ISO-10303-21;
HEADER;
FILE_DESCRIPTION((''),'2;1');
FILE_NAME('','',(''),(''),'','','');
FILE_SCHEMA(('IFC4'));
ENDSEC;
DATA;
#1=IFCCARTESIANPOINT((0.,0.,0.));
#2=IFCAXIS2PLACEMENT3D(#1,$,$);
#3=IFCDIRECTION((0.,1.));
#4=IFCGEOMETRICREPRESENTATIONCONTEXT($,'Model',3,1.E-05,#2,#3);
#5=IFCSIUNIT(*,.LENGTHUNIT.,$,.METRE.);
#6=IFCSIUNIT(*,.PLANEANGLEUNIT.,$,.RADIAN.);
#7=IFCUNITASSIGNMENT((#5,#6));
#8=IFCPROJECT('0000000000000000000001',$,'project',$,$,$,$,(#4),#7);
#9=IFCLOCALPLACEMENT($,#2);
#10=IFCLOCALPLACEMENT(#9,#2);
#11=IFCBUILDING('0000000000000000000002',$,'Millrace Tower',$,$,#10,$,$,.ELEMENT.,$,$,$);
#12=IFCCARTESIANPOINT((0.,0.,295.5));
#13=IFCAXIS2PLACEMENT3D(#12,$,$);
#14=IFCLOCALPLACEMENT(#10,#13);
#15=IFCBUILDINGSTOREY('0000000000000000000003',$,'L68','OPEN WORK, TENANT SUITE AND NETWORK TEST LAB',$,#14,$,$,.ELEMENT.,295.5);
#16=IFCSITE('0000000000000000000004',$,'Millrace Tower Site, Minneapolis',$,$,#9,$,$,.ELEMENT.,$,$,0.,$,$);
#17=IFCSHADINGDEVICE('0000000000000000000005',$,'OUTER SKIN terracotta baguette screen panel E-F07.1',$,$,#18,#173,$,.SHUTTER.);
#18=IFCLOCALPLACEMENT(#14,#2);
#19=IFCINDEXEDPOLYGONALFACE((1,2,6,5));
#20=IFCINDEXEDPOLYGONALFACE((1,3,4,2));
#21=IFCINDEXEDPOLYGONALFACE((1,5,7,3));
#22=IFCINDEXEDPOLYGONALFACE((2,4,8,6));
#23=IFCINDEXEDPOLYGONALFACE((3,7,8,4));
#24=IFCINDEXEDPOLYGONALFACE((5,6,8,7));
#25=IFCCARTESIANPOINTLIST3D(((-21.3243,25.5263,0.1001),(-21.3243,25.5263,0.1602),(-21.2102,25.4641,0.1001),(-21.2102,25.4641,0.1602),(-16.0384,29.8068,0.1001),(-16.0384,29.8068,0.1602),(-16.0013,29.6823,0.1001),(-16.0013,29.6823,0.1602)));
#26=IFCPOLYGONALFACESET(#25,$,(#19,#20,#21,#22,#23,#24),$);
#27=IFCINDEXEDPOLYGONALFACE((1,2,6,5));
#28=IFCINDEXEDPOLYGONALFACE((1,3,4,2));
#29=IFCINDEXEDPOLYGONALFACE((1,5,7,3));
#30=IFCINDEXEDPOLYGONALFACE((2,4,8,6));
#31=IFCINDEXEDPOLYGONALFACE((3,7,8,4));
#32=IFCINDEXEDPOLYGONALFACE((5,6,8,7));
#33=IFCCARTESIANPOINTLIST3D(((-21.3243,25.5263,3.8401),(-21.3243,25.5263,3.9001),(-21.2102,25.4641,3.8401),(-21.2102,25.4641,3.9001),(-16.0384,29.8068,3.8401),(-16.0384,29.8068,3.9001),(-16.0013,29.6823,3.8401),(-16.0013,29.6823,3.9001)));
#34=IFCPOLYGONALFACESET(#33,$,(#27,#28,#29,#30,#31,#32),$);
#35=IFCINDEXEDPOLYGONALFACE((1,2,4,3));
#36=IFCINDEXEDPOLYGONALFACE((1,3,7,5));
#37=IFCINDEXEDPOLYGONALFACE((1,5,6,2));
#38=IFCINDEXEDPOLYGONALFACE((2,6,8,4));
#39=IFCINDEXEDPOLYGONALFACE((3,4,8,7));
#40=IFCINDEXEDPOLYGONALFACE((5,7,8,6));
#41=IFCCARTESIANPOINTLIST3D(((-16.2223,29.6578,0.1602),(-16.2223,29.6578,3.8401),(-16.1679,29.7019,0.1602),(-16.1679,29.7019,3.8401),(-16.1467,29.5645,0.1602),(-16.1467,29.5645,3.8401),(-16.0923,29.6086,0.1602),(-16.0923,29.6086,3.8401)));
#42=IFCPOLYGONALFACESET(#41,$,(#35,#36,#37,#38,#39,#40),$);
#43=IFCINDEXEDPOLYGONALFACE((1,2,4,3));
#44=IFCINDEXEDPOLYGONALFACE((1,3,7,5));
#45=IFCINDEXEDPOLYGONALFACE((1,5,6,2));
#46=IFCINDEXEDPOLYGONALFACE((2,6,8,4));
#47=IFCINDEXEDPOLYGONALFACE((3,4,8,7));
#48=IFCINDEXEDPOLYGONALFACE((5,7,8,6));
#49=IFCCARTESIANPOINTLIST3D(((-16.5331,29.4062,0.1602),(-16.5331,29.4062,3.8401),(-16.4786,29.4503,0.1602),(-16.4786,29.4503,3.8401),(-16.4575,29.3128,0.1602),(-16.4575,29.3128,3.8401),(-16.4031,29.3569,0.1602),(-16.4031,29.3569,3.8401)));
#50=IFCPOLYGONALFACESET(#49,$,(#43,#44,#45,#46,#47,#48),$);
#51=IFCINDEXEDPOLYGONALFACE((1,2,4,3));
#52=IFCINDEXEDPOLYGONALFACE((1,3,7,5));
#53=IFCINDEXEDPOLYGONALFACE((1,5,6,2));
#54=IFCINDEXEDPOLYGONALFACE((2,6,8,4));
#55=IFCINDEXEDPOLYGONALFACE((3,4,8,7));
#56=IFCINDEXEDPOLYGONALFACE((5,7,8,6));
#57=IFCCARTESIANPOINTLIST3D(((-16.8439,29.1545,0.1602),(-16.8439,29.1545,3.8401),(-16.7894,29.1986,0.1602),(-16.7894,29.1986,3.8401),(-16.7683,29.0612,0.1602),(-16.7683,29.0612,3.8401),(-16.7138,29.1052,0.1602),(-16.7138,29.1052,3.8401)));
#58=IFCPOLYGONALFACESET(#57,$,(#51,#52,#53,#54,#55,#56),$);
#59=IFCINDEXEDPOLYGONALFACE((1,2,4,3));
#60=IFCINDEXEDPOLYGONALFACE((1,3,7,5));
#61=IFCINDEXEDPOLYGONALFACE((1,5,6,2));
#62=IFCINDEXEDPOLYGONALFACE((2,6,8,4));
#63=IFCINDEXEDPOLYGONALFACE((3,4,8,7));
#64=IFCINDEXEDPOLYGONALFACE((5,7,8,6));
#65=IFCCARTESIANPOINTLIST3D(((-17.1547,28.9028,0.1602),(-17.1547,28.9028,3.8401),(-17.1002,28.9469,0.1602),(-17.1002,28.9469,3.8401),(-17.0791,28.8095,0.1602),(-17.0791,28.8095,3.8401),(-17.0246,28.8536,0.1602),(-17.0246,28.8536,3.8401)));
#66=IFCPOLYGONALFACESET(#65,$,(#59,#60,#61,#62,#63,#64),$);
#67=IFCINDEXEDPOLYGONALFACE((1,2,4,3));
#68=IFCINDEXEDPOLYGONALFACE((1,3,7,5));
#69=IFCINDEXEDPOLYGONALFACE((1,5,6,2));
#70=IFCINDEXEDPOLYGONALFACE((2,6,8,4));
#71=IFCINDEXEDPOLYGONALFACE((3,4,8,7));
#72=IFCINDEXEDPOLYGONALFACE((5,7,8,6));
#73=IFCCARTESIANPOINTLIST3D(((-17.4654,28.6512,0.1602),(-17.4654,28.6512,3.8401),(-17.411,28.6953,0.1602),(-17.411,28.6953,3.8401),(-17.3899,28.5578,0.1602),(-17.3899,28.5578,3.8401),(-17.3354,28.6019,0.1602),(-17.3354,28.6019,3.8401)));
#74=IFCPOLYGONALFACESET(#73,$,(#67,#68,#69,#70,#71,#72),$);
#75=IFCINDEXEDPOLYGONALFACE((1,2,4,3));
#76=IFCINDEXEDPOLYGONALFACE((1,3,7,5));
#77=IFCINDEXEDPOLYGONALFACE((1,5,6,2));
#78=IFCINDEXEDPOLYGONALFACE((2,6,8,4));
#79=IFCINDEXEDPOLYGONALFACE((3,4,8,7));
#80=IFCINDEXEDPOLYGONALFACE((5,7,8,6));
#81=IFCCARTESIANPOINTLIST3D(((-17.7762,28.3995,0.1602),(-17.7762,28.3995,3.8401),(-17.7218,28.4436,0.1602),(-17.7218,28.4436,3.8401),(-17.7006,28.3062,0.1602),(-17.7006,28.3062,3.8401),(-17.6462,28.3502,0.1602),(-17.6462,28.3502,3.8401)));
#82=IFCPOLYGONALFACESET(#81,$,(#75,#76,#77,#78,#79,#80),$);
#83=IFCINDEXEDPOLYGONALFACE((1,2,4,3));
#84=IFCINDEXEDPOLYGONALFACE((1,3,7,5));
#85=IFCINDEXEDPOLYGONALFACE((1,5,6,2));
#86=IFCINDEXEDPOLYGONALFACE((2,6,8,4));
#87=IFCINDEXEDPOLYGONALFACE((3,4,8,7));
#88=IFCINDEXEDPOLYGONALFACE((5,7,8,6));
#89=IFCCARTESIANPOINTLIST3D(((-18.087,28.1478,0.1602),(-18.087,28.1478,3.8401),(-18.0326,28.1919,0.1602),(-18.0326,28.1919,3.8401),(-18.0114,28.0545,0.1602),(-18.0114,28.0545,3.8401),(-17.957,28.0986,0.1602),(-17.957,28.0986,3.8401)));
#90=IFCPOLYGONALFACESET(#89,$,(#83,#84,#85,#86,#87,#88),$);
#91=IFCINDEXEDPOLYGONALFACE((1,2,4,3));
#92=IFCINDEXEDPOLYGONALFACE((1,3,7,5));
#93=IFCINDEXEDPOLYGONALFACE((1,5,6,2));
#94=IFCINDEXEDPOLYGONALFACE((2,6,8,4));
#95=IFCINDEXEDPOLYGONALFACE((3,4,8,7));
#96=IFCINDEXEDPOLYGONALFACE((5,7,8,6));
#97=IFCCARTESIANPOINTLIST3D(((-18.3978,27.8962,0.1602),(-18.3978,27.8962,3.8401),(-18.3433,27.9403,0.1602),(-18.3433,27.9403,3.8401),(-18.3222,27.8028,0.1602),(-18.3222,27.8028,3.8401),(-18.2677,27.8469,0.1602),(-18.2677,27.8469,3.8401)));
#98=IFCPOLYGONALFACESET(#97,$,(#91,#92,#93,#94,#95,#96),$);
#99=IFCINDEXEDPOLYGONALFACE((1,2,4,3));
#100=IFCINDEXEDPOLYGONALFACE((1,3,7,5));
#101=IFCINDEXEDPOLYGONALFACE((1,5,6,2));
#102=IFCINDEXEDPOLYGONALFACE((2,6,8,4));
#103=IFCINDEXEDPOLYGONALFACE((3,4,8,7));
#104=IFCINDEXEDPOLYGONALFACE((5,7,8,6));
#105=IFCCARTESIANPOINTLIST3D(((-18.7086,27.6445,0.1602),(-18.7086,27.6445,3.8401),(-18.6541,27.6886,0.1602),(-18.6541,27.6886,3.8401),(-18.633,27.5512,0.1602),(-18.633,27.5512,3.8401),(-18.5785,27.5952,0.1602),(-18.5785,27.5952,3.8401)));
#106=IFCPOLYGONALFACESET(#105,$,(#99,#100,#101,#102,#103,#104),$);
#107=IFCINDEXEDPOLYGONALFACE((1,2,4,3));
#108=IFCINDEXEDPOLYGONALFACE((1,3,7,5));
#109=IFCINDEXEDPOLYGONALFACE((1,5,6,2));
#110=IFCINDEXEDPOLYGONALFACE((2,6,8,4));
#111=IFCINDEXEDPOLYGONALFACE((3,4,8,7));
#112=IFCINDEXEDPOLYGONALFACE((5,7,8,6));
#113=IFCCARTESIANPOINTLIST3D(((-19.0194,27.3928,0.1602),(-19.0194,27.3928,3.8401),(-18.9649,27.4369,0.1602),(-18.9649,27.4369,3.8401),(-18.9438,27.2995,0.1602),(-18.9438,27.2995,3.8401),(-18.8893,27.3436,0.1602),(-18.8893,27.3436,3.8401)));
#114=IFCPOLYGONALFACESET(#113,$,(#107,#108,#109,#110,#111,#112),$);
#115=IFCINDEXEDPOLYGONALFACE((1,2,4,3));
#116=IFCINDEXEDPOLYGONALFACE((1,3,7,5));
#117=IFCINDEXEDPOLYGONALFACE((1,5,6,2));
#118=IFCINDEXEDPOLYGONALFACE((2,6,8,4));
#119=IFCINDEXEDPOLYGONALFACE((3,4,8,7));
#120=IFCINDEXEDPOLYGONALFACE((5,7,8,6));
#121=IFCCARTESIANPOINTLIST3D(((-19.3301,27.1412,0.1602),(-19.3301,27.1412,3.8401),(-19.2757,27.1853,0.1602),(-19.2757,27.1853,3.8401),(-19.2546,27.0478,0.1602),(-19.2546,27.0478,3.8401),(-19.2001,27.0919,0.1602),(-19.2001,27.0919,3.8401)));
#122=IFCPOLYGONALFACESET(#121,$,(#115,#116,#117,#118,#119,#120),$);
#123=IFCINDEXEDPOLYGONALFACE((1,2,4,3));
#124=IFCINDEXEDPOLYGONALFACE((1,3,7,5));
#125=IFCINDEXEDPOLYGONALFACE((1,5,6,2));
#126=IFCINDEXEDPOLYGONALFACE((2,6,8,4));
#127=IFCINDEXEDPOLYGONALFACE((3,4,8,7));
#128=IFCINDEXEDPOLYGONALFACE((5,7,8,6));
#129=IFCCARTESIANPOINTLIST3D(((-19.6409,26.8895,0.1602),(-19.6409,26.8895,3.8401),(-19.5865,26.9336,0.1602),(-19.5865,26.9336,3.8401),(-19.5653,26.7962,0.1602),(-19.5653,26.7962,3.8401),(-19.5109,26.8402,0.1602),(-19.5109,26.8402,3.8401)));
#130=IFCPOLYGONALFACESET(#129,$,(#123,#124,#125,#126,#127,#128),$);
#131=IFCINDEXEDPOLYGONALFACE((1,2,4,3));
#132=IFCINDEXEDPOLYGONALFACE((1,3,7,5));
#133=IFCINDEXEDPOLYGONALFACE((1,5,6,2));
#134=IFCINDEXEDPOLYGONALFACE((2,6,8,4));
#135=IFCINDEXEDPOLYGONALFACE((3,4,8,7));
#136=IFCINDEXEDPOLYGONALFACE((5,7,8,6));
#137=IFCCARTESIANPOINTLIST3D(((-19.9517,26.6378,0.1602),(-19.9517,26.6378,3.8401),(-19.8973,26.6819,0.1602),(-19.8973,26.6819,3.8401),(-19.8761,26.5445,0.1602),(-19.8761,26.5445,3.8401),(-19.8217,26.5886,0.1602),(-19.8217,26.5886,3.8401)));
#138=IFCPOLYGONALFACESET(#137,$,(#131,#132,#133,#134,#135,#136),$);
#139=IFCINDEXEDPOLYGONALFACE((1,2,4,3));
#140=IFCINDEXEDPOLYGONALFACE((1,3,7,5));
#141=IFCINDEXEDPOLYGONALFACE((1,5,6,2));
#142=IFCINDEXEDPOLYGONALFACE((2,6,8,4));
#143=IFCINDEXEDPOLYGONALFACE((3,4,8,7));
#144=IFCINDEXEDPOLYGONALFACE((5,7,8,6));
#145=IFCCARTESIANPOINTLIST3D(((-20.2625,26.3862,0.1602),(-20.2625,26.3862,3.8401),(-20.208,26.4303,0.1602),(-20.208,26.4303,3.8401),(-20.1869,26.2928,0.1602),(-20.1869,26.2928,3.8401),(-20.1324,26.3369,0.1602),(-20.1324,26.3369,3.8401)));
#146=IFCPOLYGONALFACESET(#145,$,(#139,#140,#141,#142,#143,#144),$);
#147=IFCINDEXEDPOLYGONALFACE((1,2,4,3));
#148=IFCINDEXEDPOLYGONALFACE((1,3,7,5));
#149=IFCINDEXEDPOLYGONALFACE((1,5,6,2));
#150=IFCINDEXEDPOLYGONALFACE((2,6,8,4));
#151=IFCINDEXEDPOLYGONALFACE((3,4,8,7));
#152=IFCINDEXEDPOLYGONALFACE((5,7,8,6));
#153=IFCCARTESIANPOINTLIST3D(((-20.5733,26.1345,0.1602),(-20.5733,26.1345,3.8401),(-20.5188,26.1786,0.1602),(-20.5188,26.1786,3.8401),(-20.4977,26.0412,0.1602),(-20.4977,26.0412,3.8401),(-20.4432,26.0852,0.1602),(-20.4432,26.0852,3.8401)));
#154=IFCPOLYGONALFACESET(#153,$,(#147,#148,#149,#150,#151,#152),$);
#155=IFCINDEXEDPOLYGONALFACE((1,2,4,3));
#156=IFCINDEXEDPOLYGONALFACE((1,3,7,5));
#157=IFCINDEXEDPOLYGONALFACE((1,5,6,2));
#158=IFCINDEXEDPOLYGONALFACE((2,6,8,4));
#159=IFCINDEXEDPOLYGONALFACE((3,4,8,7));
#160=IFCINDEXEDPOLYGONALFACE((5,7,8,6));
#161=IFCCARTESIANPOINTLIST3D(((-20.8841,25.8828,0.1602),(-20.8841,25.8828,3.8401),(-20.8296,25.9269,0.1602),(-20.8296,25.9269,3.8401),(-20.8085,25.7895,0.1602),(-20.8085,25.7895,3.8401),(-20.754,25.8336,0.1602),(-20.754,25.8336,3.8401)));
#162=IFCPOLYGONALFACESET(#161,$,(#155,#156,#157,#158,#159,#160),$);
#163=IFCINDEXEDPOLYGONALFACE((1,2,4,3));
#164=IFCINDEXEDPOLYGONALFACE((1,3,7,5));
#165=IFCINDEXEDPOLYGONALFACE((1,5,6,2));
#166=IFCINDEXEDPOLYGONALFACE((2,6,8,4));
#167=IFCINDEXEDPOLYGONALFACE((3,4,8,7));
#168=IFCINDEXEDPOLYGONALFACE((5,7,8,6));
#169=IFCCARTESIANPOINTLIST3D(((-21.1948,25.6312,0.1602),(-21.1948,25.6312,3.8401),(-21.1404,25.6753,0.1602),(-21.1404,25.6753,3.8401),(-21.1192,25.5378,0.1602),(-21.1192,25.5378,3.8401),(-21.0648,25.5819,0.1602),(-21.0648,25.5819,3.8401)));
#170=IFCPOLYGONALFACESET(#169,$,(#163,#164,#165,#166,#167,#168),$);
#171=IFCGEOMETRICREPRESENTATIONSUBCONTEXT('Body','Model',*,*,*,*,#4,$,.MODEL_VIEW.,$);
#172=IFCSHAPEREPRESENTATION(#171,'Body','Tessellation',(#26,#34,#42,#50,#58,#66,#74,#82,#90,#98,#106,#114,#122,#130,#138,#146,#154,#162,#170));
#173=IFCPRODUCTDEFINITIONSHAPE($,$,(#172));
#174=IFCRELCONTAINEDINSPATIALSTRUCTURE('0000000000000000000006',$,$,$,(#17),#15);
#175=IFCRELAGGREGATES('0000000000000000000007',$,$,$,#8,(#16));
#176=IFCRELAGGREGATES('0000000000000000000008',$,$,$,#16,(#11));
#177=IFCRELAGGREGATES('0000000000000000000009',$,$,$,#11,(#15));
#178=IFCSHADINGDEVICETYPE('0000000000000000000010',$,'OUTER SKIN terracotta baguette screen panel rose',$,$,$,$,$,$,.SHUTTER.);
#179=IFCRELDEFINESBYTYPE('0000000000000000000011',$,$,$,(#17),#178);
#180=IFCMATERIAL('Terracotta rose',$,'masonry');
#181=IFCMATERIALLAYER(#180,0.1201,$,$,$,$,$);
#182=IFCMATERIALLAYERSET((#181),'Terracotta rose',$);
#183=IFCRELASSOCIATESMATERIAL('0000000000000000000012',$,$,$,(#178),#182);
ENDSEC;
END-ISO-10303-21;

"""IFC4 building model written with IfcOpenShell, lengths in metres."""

from ifc_helpers import new_model, entity, si_unit, direction, frame, frame_2d, origin, origin_2d, place, context, subcontext, project, spatial, rectangle, extrude, source, transform, mapped, material, layer, layer_set, type_object, element, save


model = new_model("IFC4")

# Units and contexts
model_context = context("Model", 3, precision=1e-05, world=origin(), true_north=direction((0.0, 1.0)))
body_context = subcontext(model_context, "Body", "Model", "MODEL_VIEW")
ifc_project = project(units=[si_unit("LENGTHUNIT", "METRE"), si_unit("PLANEANGLEUNIT", "RADIAN")], contexts=[model_context])

# Site, building, storey
site_placement = place(None, origin())
site = spatial("IfcSite", under=ifc_project, at=site_placement, Name="Millrace Tower Site, Minneapolis", CompositionType="ELEMENT", RefElevation=0.0)
building_placement = place(site_placement, origin())
building = spatial("IfcBuilding", under=site, at=building_placement, Name="Millrace Tower", CompositionType="ELEMENT")
storey_placement = place(building_placement, frame((0.0, 0.0, 295.5)))
storey = spatial("IfcBuildingStorey", under=building, at=storey_placement, Name="L68", Description="OPEN WORK, TENANT SUITE AND NETWORK TEST LAB", CompositionType="ELEMENT", Elevation=295.5)

# Shading device
ifc_material_1 = material(Name="Terracotta rose", Category="masonry")
ifc_layer_1 = layer(ifc_material_1, 0.1201)
ifc_layer_set_1 = layer_set([ifc_layer_1], Name="Terracotta rose")
shading_device_type = type_object("IfcShadingDeviceType", Name="OUTER SKIN terracotta baguette screen panel rose", PredefinedType="SHUTTER", material=ifc_layer_set_1)
cartesian_point_1 = entity("IfcCartesianPoint", [-3.3513, 0.0601])
shared_polyline_1 = entity("IfcPolyline", [cartesian_point_1, entity("IfcCartesianPoint", [3.3513, 0.0601]), entity("IfcCartesianPoint", [3.4009, -0.0601]), entity("IfcCartesianPoint", [-3.4009, -0.0601]), cartesian_point_1])
shared_shape_1 = source(origin(), body_context, "Body", "SweptSolid", [
    entity("IfcExtrudedAreaSolid", entity("IfcArbitraryClosedProfileDef", "AREA", None, shared_polyline_1), entity("IfcAxis2Placement3D", entity("IfcCartesianPoint", [0.0, 0.0, 0.0])), entity("IfcDirection", [0.0, 0.0, 1.0]), 0.0601),
    entity("IfcExtrudedAreaSolid", entity("IfcArbitraryClosedProfileDef", "AREA", None, shared_polyline_1), entity("IfcAxis2Placement3D", entity("IfcCartesianPoint", [0.0, 0.0, 3.74])), entity("IfcDirection", [0.0, 0.0, 1.0]), 0.0601),
    extrude(rectangle(XDim=0.0701, YDim=0.1201, at=frame_2d((-3.1992, 0.0))), frame((0.0, 0.0, 0.0601)), (0.0, 0.0, 1.0), 3.6799),
    extrude(rectangle(XDim=0.0701, YDim=0.1201, at=frame_2d((-2.7993, 0.0))), frame((0.0, 0.0, 0.0601)), (0.0, 0.0, 1.0), 3.6799),
    extrude(rectangle(XDim=0.0701, YDim=0.1201, at=frame_2d((-2.3994, 0.0))), frame((0.0, 0.0, 0.0601)), (0.0, 0.0, 1.0), 3.6799),
    extrude(rectangle(XDim=0.0701, YDim=0.1201, at=frame_2d((-1.9995, 0.0))), frame((0.0, 0.0, 0.0601)), (0.0, 0.0, 1.0), 3.6799),
    extrude(rectangle(XDim=0.0701, YDim=0.1201, at=frame_2d((-1.5996, 0.0))), frame((0.0, 0.0, 0.0601)), (0.0, 0.0, 1.0), 3.6799),
    extrude(rectangle(XDim=0.0701, YDim=0.1201, at=frame_2d((-1.1997, 0.0))), frame((0.0, 0.0, 0.0601)), (0.0, 0.0, 1.0), 3.6799),
    extrude(rectangle(XDim=0.0701, YDim=0.1201, at=frame_2d((-0.7998, 0.0))), frame((0.0, 0.0, 0.0601)), (0.0, 0.0, 1.0), 3.6799),
    extrude(rectangle(XDim=0.0701, YDim=0.1201, at=frame_2d((-0.3999, 0.0))), frame((0.0, 0.0, 0.0601)), (0.0, 0.0, 1.0), 3.6799),
    extrude(rectangle(XDim=0.0701, YDim=0.1201, at=origin_2d()), frame((0.0, 0.0, 0.0601)), (0.0, 0.0, 1.0), 3.6799),
    extrude(rectangle(XDim=0.0701, YDim=0.1201, at=frame_2d((0.3999, 0.0))), frame((0.0, 0.0, 0.0601)), (0.0, 0.0, 1.0), 3.6799),
    extrude(rectangle(XDim=0.0701, YDim=0.1201, at=frame_2d((0.7998, 0.0))), frame((0.0, 0.0, 0.0601)), (0.0, 0.0, 1.0), 3.6799),
    extrude(rectangle(XDim=0.0701, YDim=0.1201, at=frame_2d((1.1997, 0.0))), frame((0.0, 0.0, 0.0601)), (0.0, 0.0, 1.0), 3.6799),
    extrude(rectangle(XDim=0.0701, YDim=0.1201, at=frame_2d((1.5996, 0.0))), frame((0.0, 0.0, 0.0601)), (0.0, 0.0, 1.0), 3.6799),
    extrude(rectangle(XDim=0.0701, YDim=0.1201, at=frame_2d((1.9995, 0.0))), frame((0.0, 0.0, 0.0601)), (0.0, 0.0, 1.0), 3.6799),
    extrude(rectangle(XDim=0.0701, YDim=0.1201, at=frame_2d((2.3994, 0.0))), frame((0.0, 0.0, 0.0601)), (0.0, 0.0, 1.0), 3.6799),
    extrude(rectangle(XDim=0.0701, YDim=0.1201, at=frame_2d((2.7993, 0.0))), frame((0.0, 0.0, 0.0601)), (0.0, 0.0, 1.0), 3.6799),
    extrude(rectangle(XDim=0.0701, YDim=0.1201, at=frame_2d((3.1992, 0.0))), frame((0.0, 0.0, 0.0601)), (0.0, 0.0, 1.0), 3.6799),
])
shading_device_1_placement = place(storey_placement, frame((-18.6436, 27.6199, 0.1001), z_axis=(0.0, 0.0, 1.0), x_axis=(-0.777146, -0.62932, 0.0)))
element("IfcShadingDevice", 1, at=shading_device_1_placement, inside=storey, type_object=shading_device_type, Name="OUTER SKIN terracotta baguette screen panel E-F07.1", PredefinedType="SHUTTER", context=body_context, shape_type="MappedRepresentation", body=[
    mapped(shared_shape_1, transform((0.0, 0.0, 0.0), scale=1.0)),
])

save(model, "model.ifc")
